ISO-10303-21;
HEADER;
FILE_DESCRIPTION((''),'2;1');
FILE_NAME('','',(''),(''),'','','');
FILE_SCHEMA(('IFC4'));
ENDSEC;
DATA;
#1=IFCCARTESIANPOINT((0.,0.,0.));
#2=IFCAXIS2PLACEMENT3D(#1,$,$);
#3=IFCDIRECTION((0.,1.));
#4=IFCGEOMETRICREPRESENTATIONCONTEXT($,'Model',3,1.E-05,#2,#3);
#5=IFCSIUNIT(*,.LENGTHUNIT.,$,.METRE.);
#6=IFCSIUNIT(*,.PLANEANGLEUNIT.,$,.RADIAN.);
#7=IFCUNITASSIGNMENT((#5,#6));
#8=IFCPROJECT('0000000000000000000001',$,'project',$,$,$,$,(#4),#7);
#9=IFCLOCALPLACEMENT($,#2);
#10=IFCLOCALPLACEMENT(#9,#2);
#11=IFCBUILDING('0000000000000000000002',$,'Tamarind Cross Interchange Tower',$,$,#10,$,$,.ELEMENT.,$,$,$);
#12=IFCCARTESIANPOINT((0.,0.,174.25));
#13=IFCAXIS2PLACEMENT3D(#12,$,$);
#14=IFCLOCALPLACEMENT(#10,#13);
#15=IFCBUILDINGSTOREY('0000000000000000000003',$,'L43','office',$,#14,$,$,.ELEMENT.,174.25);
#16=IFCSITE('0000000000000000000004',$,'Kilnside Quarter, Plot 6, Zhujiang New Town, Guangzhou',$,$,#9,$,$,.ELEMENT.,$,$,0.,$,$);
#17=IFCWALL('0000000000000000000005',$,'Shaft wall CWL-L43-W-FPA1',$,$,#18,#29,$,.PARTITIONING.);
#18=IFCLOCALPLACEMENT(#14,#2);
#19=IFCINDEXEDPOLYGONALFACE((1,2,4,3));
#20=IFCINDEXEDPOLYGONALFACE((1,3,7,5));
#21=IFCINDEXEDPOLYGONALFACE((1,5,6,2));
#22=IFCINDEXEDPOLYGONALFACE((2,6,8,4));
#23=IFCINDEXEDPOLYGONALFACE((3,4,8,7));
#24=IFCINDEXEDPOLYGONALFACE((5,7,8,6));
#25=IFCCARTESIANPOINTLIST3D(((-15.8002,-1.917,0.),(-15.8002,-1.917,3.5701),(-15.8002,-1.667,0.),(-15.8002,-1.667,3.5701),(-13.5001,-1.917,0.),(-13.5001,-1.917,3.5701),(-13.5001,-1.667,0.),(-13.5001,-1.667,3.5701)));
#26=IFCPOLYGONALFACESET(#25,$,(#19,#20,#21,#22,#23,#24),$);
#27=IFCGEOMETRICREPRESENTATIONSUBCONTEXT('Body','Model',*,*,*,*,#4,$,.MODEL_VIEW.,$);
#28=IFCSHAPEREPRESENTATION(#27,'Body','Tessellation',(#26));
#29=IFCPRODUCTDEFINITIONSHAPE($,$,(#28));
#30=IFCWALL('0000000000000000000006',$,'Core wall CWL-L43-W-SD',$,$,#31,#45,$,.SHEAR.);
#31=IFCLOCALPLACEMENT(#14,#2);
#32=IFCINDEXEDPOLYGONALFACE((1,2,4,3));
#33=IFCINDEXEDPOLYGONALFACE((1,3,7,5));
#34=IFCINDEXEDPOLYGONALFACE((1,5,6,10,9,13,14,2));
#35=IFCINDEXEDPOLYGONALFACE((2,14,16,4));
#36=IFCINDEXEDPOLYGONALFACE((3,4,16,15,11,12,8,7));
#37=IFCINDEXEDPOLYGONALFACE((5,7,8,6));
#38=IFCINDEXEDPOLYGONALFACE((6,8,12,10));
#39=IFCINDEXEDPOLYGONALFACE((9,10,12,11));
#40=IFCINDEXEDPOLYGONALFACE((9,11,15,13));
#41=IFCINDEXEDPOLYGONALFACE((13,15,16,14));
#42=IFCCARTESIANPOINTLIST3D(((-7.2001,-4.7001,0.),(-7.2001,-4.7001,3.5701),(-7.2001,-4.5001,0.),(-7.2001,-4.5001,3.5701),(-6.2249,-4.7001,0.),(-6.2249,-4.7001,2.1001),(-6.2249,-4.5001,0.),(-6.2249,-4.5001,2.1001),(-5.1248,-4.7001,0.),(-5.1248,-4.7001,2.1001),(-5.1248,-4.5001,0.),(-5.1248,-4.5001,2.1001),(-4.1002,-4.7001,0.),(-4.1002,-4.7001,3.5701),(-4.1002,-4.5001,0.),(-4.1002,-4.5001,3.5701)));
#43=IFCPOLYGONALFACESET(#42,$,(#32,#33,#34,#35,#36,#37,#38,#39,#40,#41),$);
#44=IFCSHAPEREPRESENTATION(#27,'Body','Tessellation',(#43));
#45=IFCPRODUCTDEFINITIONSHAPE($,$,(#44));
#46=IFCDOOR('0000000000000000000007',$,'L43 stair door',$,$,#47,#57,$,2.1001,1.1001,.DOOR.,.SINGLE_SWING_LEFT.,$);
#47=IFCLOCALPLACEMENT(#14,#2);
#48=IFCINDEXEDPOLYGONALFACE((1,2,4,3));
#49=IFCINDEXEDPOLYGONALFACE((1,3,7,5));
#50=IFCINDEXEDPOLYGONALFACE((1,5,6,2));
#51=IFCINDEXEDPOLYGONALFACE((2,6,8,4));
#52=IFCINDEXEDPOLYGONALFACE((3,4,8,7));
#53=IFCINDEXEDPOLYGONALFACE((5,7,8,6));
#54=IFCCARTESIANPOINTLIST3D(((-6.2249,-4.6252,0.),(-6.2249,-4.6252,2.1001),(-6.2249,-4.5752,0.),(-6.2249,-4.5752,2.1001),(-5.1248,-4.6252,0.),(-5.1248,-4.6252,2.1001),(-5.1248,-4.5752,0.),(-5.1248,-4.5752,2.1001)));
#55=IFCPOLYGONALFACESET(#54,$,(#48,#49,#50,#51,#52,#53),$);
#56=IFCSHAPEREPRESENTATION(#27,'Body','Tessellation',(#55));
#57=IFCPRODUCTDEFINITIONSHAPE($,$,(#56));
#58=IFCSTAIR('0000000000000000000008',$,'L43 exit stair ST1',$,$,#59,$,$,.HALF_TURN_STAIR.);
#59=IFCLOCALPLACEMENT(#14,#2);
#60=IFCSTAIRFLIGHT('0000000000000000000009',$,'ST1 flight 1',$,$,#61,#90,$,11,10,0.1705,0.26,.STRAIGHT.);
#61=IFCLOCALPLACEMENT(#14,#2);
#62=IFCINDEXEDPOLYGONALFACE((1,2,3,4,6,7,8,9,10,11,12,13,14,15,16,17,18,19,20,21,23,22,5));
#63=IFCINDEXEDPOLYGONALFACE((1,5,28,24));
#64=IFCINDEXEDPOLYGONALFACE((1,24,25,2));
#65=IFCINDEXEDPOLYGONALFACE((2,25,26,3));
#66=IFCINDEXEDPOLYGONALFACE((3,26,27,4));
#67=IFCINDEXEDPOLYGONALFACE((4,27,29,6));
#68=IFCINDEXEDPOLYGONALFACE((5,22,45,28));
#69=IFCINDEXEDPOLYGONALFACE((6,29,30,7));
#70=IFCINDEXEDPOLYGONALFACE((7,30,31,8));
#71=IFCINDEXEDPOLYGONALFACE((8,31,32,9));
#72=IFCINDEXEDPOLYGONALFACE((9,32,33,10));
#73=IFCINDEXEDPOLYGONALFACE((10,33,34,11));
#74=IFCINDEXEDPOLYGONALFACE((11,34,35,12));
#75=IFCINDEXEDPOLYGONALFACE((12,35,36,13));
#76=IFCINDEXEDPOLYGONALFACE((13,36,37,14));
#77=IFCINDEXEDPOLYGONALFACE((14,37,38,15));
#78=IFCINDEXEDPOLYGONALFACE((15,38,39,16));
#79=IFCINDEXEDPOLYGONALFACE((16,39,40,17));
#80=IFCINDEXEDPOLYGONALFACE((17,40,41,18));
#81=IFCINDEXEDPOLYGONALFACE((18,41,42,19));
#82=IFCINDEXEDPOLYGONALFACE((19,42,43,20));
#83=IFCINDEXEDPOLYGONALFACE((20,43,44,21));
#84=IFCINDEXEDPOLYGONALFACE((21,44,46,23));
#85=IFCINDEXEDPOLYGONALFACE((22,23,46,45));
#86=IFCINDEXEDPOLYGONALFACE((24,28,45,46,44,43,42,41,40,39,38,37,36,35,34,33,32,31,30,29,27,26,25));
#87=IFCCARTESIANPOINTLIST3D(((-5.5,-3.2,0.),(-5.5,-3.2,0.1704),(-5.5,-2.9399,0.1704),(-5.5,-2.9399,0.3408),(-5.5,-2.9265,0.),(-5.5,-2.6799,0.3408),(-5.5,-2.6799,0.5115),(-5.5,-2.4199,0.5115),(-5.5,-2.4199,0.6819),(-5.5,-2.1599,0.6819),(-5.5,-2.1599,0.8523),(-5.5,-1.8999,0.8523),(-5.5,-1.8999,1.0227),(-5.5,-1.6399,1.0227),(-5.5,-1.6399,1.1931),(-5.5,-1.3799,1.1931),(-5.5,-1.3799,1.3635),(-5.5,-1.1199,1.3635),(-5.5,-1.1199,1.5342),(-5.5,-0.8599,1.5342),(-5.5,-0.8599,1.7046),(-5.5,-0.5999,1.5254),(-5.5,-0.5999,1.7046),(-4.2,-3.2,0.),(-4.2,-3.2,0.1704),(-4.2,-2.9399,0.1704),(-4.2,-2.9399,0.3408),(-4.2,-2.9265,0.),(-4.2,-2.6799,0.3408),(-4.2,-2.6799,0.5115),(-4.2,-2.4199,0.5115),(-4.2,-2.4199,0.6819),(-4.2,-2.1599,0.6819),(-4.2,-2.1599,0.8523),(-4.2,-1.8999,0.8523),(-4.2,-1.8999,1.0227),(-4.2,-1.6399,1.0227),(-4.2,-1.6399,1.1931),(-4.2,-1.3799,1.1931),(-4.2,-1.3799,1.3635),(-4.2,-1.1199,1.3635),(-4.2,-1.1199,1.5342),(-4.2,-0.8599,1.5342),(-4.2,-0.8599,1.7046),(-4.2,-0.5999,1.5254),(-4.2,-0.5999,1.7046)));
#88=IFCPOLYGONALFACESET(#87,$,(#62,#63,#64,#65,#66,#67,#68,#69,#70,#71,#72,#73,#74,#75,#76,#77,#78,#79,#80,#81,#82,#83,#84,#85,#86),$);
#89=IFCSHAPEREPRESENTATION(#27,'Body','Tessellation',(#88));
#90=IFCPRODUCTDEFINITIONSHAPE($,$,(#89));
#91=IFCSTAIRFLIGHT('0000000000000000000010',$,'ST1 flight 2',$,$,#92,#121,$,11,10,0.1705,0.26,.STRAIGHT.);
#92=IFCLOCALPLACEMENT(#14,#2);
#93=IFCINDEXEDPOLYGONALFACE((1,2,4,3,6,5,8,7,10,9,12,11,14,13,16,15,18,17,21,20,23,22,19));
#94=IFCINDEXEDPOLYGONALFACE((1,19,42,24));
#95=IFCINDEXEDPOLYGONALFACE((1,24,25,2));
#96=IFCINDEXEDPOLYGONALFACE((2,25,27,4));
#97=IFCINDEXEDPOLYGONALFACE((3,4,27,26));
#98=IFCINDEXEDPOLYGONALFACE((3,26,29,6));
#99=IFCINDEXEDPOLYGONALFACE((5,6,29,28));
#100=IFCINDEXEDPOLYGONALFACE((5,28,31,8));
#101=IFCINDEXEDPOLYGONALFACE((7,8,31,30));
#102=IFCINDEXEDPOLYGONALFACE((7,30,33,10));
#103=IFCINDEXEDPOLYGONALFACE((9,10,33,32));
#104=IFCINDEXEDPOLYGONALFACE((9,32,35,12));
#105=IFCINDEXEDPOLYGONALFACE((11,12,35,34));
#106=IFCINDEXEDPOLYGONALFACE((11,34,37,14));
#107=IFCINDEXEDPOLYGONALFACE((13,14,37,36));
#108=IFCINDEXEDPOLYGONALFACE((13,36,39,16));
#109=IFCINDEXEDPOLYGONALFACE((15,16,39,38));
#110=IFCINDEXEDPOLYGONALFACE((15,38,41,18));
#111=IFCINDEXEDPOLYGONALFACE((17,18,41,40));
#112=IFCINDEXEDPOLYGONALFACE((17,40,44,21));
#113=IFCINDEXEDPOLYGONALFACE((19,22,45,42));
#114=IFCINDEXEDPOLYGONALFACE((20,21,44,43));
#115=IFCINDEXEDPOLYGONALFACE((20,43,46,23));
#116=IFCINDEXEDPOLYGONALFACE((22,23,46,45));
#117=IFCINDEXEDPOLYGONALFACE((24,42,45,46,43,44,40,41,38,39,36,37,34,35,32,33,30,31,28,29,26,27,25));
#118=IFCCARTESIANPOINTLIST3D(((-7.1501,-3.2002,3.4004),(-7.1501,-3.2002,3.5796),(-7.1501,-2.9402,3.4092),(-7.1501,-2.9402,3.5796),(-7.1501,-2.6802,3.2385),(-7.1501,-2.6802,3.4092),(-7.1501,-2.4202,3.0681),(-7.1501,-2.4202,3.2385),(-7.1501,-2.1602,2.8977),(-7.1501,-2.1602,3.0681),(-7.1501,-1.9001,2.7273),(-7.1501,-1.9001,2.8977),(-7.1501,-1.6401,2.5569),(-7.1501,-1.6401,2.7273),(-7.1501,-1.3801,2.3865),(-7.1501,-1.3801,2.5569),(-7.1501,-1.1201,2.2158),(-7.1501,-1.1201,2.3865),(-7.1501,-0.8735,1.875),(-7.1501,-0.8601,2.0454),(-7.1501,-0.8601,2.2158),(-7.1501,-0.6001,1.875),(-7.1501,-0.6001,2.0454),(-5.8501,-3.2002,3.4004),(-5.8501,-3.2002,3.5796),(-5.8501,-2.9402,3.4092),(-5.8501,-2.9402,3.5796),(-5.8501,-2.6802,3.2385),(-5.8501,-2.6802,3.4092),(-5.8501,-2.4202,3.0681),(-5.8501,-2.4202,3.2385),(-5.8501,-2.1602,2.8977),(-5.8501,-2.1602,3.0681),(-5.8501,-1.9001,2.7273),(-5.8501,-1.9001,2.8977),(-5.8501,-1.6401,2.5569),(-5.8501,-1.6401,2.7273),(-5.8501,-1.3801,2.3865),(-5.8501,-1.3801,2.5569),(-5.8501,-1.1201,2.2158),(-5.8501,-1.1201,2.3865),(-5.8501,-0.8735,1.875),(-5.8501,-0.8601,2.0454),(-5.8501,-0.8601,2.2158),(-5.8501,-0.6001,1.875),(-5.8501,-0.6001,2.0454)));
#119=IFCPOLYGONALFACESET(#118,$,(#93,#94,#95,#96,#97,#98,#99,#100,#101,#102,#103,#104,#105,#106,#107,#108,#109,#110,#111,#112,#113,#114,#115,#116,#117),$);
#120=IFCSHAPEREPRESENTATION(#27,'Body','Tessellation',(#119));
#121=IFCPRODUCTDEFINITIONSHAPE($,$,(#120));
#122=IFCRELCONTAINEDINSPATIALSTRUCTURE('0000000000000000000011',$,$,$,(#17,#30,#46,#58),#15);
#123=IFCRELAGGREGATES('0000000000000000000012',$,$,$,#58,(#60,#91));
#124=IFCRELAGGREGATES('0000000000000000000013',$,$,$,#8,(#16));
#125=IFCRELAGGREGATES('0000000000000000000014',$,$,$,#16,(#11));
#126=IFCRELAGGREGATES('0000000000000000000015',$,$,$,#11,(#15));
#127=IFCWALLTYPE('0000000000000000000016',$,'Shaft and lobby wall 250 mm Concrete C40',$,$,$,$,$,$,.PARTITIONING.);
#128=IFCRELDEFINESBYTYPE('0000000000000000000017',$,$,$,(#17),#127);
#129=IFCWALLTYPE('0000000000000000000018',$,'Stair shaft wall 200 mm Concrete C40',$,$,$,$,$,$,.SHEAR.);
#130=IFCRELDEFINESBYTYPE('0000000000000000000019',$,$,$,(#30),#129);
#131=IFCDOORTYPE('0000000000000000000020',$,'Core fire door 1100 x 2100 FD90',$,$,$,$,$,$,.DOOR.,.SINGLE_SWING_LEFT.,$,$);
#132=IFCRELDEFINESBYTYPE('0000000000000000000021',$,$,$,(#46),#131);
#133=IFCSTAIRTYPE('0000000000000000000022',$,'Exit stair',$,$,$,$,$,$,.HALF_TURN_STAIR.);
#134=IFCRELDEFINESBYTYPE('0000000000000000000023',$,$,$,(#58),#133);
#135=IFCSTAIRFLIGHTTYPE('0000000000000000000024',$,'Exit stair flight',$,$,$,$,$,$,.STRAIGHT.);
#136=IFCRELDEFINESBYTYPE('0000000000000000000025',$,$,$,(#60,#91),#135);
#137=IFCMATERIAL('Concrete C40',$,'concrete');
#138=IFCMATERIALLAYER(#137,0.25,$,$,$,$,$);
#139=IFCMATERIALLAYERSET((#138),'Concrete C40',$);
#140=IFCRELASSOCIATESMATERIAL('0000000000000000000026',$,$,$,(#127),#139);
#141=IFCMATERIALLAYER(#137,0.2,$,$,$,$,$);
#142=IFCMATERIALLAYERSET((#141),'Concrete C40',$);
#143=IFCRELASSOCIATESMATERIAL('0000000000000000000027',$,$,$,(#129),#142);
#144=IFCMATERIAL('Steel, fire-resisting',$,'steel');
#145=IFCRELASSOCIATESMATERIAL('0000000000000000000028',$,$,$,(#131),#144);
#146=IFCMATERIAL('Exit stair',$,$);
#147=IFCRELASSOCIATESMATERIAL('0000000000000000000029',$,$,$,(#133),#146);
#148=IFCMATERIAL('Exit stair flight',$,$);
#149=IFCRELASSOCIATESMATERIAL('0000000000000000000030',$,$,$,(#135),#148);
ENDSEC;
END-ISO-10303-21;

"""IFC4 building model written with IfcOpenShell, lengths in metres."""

from ifc_helpers import new_model, si_unit, direction, frame, frame_2d, origin, place, context, subcontext, project, spatial, polyline, rectangle, outline, extrude, material, layer, layer_set, type_object, element, fill, aggregate, save


model = new_model("IFC4")

# Units and contexts
model_context = context("Model", 3, precision=1e-05, world=origin(), true_north=direction((0.0, 1.0)))
body_context = subcontext(model_context, "Body", "Model", "MODEL_VIEW")
ifc_project = project(units=[si_unit("LENGTHUNIT", "METRE"), si_unit("PLANEANGLEUNIT", "RADIAN")], contexts=[model_context])

# Site, building, storey
site_placement = place(None, origin())
site = spatial("IfcSite", under=ifc_project, at=site_placement, Name="Kilnside Quarter, Plot 6, Zhujiang New Town, Guangzhou", CompositionType="ELEMENT", RefElevation=0.0)
building_placement = place(site_placement, origin())
building = spatial("IfcBuilding", under=site, at=building_placement, Name="Tamarind Cross Interchange Tower", CompositionType="ELEMENT")
storey_placement = place(building_placement, frame((0.0, 0.0, 174.25)))
storey = spatial("IfcBuildingStorey", under=building, at=storey_placement, Name="L43", Description="office", CompositionType="ELEMENT", Elevation=174.25)

# Shared definitions
ifc_material_1 = material(Name="Steel, fire-resisting", Category="steel")

# Wall
ifc_material_2 = material(Name="Concrete C40", Category="concrete")
ifc_layer_1 = layer(ifc_material_2, 0.25)
ifc_layer_set_1 = layer_set([ifc_layer_1], Name="Concrete C40")
wall_type_1 = type_object("IfcWallType", Name="Shaft and lobby wall 250 mm Concrete C40", PredefinedType="PARTITIONING", material=ifc_layer_set_1)
wall_1_placement = place(storey_placement, frame((-15.8, -1.792, 0.0), z_axis=(0.0, 0.0, 1.0), x_axis=(1.0, 0.0, 0.0)))
element("IfcWall", 1, at=wall_1_placement, inside=storey, type_object=wall_type_1, Name="Shaft wall CWL-L43-W-FPA1", PredefinedType="PARTITIONING", context=body_context, shape_type="SweptSolid", body=[
    extrude(rectangle(XDim=2.3, YDim=0.25, at=frame_2d((1.1499, 0.0))), origin(), (0.0, 0.0, 1.0), 3.5701),
])

# Wall, opening, door
ifc_layer_2 = layer(ifc_material_2, 0.2)
ifc_layer_set_2 = layer_set([ifc_layer_2], Name="Concrete C40")
wall_type_2 = type_object("IfcWallType", Name="Stair shaft wall 200 mm Concrete C40", PredefinedType="SHEAR", material=ifc_layer_set_2)
wall_2_placement = place(storey_placement, frame((-7.2, -4.6001, 0.0), z_axis=(0.0, 0.0, 1.0), x_axis=(1.0, 0.0, 0.0)))
wall_2 = element("IfcWall", 2, at=wall_2_placement, inside=storey, type_object=wall_type_2, Name="Core wall CWL-L43-W-SD", PredefinedType="SHEAR", context=body_context, shape_type="SweptSolid", body=[
    extrude(rectangle(XDim=3.0999, YDim=0.2, at=frame_2d((1.5498, 0.0))), origin(), (0.0, 0.0, 1.0), 3.5701),
])
opening_1_placement = place(wall_2_placement, frame((0.9751, 0.0, 0.0)))
opening_1 = element("IfcOpeningElement", 3, at=opening_1_placement, cuts=wall_2, PredefinedType="OPENING", context=body_context, shape_type="SweptSolid", body=[
    extrude(rectangle(XDim=1.1001, YDim=2.1001, at=frame_2d((0.55, 1.05))), frame((0.0, 0.1099, 0.0), z_axis=(0.0, -1.0, 0.0), x_axis=(1.0, 0.0, 0.0)), (0.0, 0.0, 1.0), 0.22),
])
door_type_1 = type_object("IfcDoorType", Name="Core fire door 1100 x 2100 FD90", OperationType="SINGLE_SWING_LEFT", PredefinedType="DOOR", material=ifc_material_1)
door_1_placement = place(opening_1_placement, origin())
door_1 = element("IfcDoor", 4, at=door_1_placement, inside=storey, type_object=door_type_1, Name="L43 stair door", OperationType="SINGLE_SWING_LEFT", OverallHeight=2.1001, OverallWidth=1.1001, PredefinedType="DOOR", context=body_context, shape_type="SweptSolid", body=[
    extrude(rectangle(XDim=1.1001, YDim=2.1001, at=frame_2d((0.55, 1.05))), frame((0.0, 0.0249, 0.0), z_axis=(0.0, -1.0, 0.0), x_axis=(1.0, 0.0, 0.0)), (0.0, 0.0, 1.0), 0.05),
])
fill(opening_1, door_1)

# Stair, stair flights
ifc_material_3 = material(Name="Exit stair")
stair_type = type_object("IfcStairType", Name="Exit stair", PredefinedType="HALF_TURN_STAIR", material=ifc_material_3)
stair_placement = place(storey_placement, origin())
stair = element("IfcStair", 5, at=stair_placement, inside=storey, type_object=stair_type, Name="L43 exit stair ST1", PredefinedType="HALF_TURN_STAIR")
ifc_material_4 = material(Name="Exit stair flight")
stair_flight_type = type_object("IfcStairFlightType", Name="Exit stair flight", PredefinedType="STRAIGHT", material=ifc_material_4)
stair_flight_1_placement = place(storey_placement, frame((-4.8501, -3.2, 0.0), z_axis=(0.0, 0.0, 1.0), x_axis=(0.0, 1.0, 0.0)))
stair_flight_1 = element("IfcStairFlight", 6, at=stair_flight_1_placement, type_object=stair_flight_type, Name="ST1 flight 1", NumberOfRisers=11, NumberOfTreads=10, PredefinedType="STRAIGHT", RiserHeight=0.1705, TreadLength=0.26, context=body_context, shape_type="SweptSolid", body=[
    extrude(outline(polyline([(0.0, 0.0), (0.0, 0.1704), (0.26, 0.1704), (0.26, 0.3408), (0.52, 0.3408), (0.52, 0.5115), (0.78, 0.5115), (0.78, 0.6819), (1.04, 0.6819), (1.04, 0.8523), (1.3, 0.8523), (1.3, 1.0227), (1.5601, 1.0227), (1.5601, 1.1931), (1.8201, 1.1931), (1.8201, 1.3635), (2.0801, 1.3635), (2.0801, 1.5342), (2.3401, 1.5342), (2.3401, 1.7046), (2.6001, 1.7046), (2.6001, 1.875), (2.6001, 1.5254), (0.2734, 0.0), (0.0, 0.0)])), frame((0.0, 0.6499, 0.0), z_axis=(0.0, -1.0, 0.0), x_axis=(1.0, 0.0, 0.0)), (0.0, 0.0, 1.0), 1.3),
])
stair_flight_2_placement = place(storey_placement, frame((-6.5, -0.6001, 1.875), z_axis=(0.0, 0.0, 1.0), x_axis=(0.0, -1.0, 0.0)))
stair_flight_2 = element("IfcStairFlight", 7, at=stair_flight_2_placement, type_object=stair_flight_type, Name="ST1 flight 2", NumberOfRisers=11, NumberOfTreads=10, PredefinedType="STRAIGHT", RiserHeight=0.1705, TreadLength=0.26, context=body_context, shape_type="SweptSolid", body=[
    extrude(outline(polyline([(0.0, 0.0), (0.0, 0.1704), (0.26, 0.1704), (0.26, 0.3408), (0.52, 0.3408), (0.52, 0.5115), (0.78, 0.5115), (0.78, 0.6819), (1.04, 0.6819), (1.04, 0.8523), (1.3, 0.8523), (1.3, 1.0227), (1.5601, 1.0227), (1.5601, 1.1931), (1.8201, 1.1931), (1.8201, 1.3635), (2.0801, 1.3635), (2.0801, 1.5342), (2.3401, 1.5342), (2.3401, 1.7046), (2.6001, 1.7046), (2.6001, 1.875), (2.6001, 1.5254), (0.2734, 0.0), (0.0, 0.0)])), frame((0.0, 0.6499, 0.0), z_axis=(0.0, -1.0, 0.0), x_axis=(1.0, 0.0, 0.0)), (0.0, 0.0, 1.0), 1.3),
])
aggregate(stair, [stair_flight_1, stair_flight_2])

save(model, "model.ifc")
